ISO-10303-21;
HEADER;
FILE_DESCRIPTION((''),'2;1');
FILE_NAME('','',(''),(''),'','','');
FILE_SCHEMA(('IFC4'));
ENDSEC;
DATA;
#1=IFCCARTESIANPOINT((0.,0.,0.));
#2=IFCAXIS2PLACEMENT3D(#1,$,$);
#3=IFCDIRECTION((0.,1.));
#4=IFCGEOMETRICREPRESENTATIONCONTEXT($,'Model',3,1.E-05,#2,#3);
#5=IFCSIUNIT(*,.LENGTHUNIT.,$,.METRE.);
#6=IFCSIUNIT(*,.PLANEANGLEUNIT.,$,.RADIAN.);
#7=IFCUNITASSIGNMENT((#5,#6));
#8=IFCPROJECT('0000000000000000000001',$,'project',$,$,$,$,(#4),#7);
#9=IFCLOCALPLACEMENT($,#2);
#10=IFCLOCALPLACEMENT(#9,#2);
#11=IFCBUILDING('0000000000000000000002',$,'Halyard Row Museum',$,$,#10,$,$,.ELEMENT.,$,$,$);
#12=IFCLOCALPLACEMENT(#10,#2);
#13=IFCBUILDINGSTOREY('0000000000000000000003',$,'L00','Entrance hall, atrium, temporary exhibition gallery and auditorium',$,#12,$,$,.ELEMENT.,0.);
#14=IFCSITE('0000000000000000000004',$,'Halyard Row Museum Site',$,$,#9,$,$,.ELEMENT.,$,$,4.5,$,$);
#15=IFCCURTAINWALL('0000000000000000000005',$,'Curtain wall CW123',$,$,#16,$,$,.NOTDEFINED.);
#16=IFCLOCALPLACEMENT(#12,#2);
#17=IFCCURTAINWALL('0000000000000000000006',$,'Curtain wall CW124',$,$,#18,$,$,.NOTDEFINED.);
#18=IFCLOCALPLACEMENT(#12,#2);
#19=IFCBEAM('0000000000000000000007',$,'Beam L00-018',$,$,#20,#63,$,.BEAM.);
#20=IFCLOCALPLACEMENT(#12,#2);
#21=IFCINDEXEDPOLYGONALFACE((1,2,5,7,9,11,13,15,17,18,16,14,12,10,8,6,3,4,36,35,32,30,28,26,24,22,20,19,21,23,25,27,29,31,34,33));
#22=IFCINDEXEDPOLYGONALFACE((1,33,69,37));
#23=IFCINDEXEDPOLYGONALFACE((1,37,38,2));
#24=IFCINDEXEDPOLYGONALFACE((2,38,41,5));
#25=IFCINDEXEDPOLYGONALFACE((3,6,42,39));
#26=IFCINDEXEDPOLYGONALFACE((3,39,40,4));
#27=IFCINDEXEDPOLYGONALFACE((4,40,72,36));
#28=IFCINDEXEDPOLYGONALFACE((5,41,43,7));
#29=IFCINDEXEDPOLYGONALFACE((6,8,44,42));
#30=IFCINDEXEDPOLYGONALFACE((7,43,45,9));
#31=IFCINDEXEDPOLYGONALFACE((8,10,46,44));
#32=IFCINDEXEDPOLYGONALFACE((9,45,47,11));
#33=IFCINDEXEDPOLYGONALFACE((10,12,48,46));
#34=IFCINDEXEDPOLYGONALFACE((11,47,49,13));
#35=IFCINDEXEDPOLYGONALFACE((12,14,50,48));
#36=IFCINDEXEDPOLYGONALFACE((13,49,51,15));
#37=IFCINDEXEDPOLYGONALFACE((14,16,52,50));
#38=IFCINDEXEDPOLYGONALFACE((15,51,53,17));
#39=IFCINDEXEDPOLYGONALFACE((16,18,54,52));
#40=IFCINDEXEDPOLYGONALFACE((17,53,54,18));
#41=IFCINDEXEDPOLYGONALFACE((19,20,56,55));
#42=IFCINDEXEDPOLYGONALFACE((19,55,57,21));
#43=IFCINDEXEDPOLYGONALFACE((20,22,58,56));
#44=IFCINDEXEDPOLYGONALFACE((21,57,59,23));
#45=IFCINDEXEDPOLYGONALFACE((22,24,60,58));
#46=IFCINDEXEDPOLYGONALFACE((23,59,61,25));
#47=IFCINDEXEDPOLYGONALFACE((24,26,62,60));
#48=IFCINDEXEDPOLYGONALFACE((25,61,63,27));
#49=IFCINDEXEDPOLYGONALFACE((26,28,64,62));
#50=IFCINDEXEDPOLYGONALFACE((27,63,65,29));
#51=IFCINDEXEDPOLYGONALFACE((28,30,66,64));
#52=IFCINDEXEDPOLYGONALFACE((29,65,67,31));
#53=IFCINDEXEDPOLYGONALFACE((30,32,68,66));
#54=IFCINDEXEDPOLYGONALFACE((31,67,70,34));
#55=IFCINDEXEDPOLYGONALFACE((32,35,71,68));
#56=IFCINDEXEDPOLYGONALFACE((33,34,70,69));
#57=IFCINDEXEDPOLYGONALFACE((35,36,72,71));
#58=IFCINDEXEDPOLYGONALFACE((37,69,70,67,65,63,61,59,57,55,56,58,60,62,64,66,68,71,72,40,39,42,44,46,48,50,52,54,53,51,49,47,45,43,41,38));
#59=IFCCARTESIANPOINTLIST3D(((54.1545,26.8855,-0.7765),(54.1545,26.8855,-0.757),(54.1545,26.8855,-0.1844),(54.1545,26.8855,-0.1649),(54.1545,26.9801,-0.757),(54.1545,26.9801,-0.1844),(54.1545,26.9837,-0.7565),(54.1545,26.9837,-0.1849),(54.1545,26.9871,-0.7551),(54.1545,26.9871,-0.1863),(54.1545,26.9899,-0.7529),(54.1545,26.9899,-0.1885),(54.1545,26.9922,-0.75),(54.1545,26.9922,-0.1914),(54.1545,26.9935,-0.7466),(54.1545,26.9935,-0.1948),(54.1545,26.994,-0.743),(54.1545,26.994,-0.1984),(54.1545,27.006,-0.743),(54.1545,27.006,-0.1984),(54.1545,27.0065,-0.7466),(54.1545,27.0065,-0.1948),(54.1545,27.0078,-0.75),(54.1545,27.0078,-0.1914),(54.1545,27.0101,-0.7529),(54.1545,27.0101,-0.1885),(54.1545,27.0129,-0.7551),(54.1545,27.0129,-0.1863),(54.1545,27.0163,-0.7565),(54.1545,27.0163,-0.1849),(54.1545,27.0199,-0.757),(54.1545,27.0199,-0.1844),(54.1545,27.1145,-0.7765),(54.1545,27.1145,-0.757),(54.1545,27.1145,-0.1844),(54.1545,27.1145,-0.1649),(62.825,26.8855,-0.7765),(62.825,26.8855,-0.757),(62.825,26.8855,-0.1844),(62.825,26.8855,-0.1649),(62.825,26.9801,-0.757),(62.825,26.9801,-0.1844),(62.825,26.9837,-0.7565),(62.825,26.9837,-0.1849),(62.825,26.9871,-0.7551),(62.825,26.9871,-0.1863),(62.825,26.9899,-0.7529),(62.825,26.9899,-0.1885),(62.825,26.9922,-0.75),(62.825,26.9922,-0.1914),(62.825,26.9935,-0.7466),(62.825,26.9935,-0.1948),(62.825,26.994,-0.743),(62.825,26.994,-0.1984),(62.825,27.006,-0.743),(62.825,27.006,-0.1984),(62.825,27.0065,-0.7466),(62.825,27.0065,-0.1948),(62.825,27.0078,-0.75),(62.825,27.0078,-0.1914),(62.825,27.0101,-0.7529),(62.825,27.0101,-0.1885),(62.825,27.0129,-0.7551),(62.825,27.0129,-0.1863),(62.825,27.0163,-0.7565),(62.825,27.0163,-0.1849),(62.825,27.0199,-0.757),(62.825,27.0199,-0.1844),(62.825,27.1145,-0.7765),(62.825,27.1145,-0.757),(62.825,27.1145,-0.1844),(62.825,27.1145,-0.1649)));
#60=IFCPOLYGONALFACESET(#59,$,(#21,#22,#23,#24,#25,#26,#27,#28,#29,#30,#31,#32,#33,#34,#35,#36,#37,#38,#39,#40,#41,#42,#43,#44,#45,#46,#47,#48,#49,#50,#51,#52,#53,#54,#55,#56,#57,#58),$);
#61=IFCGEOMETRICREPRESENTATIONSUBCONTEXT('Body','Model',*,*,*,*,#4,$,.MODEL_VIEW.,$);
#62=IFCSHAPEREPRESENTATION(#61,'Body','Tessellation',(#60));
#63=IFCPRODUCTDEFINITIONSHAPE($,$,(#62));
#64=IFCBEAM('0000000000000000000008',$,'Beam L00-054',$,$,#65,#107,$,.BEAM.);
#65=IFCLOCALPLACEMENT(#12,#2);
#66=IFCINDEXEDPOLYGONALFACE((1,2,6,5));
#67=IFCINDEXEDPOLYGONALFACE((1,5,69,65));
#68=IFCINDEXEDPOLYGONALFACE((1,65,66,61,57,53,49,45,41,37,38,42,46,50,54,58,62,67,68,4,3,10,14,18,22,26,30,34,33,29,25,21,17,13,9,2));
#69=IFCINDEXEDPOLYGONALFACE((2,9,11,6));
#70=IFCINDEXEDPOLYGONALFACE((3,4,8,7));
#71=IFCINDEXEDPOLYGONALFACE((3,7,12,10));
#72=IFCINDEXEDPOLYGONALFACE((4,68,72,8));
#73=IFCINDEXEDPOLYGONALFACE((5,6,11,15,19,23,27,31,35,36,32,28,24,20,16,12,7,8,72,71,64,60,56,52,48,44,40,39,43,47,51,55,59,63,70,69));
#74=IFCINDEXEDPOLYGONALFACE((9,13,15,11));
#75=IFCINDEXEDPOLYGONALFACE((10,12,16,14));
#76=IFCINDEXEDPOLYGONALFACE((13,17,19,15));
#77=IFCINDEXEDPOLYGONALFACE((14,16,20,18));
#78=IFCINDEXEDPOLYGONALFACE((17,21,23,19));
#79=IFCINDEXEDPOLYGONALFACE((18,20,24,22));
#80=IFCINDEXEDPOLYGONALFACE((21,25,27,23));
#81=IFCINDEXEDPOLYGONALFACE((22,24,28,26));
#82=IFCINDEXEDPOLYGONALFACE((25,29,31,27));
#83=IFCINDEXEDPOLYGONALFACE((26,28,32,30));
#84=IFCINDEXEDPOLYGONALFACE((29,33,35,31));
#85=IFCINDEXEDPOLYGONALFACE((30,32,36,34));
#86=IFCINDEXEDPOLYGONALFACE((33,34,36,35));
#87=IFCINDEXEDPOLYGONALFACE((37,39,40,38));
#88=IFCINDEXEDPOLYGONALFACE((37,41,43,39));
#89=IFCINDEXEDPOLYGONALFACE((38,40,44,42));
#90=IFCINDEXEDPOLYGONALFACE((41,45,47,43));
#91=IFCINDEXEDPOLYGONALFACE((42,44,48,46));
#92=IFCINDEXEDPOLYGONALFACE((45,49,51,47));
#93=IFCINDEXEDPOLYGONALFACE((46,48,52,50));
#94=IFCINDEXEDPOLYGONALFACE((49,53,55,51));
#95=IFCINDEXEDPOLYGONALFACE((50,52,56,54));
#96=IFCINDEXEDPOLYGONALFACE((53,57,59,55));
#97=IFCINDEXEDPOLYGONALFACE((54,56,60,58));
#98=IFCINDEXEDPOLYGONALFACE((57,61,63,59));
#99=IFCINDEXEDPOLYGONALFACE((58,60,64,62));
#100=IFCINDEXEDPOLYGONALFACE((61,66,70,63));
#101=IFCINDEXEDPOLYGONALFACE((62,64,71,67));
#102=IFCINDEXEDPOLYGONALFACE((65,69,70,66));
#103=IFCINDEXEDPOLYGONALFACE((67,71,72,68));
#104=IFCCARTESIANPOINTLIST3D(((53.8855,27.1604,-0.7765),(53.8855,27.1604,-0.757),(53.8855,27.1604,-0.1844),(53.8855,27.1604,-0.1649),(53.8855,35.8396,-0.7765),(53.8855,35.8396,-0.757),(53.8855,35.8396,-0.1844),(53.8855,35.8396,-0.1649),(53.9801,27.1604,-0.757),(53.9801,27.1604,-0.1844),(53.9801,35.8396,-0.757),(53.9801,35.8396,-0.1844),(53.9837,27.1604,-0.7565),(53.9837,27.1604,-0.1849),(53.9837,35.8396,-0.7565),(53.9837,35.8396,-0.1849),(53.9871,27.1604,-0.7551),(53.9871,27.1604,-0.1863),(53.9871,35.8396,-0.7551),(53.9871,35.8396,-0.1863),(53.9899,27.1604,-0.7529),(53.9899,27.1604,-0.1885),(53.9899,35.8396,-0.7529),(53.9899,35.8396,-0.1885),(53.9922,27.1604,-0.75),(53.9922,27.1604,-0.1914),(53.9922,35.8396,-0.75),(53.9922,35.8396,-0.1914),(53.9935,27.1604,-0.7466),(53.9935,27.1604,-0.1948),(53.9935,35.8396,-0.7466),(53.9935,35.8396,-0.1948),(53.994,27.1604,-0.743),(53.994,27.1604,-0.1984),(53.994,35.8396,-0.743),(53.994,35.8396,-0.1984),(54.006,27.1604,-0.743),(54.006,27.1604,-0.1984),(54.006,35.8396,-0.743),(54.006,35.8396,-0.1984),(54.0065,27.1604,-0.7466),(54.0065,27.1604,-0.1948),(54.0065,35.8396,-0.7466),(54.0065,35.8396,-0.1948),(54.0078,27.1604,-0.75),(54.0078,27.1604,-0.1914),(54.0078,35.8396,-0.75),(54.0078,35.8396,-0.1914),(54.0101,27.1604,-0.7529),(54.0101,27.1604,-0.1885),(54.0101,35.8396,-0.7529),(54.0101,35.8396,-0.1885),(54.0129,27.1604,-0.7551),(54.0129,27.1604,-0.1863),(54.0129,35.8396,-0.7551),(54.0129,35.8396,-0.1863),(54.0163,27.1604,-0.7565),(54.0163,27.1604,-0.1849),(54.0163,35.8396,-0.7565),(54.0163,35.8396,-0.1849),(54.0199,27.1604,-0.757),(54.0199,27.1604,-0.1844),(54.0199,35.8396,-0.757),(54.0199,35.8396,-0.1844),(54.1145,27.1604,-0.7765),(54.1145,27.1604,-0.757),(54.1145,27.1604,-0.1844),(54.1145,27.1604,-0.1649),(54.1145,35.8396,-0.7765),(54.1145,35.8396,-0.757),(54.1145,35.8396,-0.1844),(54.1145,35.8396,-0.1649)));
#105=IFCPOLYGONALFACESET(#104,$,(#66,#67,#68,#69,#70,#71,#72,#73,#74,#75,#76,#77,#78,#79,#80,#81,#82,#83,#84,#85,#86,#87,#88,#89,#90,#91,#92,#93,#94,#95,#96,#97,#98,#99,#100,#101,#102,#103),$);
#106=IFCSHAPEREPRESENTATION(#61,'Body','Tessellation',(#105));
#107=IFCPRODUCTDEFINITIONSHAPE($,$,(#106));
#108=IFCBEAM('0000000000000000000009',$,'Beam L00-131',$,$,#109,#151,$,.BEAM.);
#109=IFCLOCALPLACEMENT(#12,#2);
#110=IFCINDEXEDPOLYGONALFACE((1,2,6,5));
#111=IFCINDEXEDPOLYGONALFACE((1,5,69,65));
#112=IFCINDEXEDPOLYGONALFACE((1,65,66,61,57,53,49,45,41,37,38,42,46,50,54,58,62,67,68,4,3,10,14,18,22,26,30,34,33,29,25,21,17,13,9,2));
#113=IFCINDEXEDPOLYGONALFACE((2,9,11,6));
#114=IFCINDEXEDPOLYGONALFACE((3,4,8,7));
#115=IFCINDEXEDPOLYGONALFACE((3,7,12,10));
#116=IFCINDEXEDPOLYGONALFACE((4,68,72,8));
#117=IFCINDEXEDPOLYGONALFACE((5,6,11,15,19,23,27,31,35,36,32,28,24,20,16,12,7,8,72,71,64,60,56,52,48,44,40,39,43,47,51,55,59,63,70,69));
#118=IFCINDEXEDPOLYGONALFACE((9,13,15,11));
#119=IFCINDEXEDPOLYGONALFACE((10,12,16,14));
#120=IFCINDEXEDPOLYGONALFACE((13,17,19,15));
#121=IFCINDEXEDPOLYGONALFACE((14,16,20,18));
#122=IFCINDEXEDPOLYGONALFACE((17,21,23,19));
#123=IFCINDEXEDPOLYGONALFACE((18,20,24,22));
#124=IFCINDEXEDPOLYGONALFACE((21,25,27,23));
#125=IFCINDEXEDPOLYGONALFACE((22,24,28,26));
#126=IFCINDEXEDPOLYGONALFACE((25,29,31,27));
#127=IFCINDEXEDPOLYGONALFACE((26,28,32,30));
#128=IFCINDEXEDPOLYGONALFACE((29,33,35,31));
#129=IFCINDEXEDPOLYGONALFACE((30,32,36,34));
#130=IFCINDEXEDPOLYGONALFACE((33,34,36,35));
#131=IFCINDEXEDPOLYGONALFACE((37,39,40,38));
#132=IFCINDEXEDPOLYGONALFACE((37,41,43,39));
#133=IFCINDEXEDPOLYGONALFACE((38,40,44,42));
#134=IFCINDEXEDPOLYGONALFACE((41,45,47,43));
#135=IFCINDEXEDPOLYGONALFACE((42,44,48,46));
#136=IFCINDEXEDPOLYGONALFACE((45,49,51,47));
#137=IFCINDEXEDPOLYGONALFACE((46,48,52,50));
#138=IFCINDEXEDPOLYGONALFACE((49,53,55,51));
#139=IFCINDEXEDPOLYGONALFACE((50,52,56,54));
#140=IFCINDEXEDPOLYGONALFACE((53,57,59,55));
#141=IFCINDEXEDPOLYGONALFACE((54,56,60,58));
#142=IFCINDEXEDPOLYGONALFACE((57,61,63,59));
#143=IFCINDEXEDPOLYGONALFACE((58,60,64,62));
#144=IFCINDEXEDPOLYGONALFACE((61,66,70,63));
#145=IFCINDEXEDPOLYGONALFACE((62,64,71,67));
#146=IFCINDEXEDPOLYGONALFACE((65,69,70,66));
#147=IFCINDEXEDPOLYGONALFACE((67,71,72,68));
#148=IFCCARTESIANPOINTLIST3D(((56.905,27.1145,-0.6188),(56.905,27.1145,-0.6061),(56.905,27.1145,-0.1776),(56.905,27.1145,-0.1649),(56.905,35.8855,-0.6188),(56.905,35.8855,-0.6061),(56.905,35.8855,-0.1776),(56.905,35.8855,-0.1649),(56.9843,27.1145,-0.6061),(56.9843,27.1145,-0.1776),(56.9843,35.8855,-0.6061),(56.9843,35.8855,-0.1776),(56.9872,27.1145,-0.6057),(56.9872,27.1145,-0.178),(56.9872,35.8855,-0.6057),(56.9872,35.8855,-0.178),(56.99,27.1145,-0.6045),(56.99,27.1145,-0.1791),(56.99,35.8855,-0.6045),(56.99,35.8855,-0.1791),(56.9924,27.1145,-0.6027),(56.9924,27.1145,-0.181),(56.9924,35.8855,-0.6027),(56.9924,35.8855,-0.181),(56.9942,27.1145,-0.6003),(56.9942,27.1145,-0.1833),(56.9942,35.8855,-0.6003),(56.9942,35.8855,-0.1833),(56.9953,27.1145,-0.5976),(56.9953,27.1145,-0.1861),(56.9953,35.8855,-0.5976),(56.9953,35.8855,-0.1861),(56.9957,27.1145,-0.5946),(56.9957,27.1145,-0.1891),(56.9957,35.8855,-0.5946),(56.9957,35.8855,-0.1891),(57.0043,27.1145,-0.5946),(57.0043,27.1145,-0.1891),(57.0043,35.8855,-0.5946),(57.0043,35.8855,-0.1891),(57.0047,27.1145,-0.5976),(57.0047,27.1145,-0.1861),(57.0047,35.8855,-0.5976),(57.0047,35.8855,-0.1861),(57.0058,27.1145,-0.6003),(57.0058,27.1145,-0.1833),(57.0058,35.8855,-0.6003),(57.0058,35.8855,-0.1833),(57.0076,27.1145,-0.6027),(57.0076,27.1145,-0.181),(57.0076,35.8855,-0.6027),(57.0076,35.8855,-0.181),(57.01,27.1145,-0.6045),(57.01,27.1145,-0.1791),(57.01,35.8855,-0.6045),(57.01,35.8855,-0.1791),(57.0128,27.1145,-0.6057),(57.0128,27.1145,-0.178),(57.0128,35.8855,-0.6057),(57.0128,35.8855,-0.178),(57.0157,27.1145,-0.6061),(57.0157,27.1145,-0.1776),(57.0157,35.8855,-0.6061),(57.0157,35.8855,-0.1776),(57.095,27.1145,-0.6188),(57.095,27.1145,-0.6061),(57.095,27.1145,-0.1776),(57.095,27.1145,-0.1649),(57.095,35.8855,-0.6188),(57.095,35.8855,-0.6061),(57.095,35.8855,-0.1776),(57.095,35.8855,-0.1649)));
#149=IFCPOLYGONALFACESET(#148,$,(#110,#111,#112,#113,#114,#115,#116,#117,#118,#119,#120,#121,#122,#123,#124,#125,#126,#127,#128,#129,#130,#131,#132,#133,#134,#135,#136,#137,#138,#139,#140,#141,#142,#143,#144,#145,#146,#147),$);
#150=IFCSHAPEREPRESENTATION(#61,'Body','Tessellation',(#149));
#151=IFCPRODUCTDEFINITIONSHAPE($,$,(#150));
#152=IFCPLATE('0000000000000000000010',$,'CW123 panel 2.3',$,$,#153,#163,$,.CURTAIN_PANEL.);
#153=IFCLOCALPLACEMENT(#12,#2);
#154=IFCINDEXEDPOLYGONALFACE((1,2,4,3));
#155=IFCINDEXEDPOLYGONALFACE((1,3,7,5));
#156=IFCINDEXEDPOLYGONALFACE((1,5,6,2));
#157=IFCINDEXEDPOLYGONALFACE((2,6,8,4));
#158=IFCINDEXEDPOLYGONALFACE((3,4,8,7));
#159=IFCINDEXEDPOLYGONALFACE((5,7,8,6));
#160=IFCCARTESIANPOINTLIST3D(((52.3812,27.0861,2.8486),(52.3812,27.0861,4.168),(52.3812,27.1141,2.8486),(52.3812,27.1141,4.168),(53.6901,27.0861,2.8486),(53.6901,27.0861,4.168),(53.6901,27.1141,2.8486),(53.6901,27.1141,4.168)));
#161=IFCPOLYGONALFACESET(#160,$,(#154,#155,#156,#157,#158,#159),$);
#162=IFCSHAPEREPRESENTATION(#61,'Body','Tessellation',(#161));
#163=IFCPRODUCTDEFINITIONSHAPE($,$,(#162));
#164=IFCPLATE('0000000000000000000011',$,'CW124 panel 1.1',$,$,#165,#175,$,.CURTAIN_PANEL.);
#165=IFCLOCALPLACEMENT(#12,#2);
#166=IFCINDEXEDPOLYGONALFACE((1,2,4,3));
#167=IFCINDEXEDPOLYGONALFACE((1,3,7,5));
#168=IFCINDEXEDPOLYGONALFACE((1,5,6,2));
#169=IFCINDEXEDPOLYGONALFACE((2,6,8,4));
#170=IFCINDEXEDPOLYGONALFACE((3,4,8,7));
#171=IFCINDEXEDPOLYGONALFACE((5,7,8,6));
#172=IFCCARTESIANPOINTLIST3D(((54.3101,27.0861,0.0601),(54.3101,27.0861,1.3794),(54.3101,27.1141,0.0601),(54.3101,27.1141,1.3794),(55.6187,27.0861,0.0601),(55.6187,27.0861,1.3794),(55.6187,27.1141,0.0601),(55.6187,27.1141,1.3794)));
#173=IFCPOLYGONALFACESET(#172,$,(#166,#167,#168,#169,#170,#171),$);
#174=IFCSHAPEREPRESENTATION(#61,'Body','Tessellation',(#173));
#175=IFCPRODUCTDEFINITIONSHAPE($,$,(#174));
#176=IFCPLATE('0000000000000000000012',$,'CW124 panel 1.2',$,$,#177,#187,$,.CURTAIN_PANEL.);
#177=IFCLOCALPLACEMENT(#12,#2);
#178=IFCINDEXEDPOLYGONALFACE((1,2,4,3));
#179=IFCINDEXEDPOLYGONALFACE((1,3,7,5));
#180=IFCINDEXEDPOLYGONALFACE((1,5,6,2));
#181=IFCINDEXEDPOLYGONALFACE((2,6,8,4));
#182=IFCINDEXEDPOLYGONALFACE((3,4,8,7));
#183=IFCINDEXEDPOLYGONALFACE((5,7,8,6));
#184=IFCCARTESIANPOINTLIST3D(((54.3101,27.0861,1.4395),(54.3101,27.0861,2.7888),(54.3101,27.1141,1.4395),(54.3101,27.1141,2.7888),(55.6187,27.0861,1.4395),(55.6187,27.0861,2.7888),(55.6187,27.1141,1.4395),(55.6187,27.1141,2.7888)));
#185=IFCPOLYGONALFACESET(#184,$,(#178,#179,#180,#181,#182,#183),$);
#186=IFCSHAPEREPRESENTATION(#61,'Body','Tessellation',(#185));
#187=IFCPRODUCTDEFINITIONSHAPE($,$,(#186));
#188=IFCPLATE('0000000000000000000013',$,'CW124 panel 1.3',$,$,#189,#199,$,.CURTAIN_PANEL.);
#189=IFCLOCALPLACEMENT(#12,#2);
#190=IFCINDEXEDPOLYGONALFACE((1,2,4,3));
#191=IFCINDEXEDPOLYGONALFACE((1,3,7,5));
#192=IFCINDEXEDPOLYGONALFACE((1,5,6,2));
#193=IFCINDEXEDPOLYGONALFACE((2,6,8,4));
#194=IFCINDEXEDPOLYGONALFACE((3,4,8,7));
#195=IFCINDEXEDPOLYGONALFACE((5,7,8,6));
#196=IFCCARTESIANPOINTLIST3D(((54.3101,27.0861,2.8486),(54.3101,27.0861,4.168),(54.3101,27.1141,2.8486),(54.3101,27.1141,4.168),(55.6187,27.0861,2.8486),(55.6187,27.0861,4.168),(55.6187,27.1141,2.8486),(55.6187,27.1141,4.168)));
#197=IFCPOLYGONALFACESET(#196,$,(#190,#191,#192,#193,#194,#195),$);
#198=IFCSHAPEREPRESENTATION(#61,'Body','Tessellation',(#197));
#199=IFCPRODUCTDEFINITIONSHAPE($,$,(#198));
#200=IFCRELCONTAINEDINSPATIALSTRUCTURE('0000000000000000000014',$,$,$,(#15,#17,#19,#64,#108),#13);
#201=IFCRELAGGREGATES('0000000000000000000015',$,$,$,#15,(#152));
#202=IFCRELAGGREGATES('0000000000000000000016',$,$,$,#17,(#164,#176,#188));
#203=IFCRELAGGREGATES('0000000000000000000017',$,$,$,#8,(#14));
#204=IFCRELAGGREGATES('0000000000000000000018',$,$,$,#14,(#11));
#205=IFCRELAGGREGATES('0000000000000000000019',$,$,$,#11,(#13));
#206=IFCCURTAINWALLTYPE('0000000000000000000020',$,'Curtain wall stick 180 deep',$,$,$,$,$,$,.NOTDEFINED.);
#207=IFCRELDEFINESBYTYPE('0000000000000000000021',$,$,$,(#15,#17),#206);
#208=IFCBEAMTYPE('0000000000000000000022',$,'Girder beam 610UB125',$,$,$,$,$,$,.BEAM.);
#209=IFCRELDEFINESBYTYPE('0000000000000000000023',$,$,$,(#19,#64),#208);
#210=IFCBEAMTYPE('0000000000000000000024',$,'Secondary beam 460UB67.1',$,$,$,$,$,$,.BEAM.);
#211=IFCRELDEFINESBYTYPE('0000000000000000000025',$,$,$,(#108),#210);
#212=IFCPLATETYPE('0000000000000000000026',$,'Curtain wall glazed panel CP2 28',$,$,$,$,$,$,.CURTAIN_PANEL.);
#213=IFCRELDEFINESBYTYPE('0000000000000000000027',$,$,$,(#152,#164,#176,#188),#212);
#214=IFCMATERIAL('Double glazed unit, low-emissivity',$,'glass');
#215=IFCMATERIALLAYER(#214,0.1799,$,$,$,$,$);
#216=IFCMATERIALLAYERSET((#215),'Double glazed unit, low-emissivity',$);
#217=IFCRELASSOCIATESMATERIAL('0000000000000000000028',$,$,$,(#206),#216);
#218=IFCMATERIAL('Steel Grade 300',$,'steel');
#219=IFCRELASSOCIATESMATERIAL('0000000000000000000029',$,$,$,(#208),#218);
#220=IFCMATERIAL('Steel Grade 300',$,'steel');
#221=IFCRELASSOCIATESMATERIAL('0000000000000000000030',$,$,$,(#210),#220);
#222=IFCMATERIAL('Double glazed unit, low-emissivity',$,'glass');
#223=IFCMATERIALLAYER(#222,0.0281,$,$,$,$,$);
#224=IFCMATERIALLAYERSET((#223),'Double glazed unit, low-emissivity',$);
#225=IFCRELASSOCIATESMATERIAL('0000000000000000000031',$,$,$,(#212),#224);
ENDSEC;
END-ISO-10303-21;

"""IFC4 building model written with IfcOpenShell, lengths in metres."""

from ifc_helpers import new_model, si_unit, direction, frame, origin, origin_2d, place, context, subcontext, project, spatial, rectangle, i_section, extrude, material, layer, layer_set, material_profile, profile_set, type_object, element, aggregate, save


model = new_model("IFC4")

# Units and contexts
model_context = context("Model", 3, precision=1e-05, world=origin(), true_north=direction((0.0, 1.0)))
body_context = subcontext(model_context, "Body", "Model", "MODEL_VIEW")
ifc_project = project(units=[si_unit("LENGTHUNIT", "METRE"), si_unit("PLANEANGLEUNIT", "RADIAN")], contexts=[model_context])

# Site, building, storey
site_placement = place(None, origin())
site = spatial("IfcSite", under=ifc_project, at=site_placement, Name="Halyard Row Museum Site", CompositionType="ELEMENT", RefElevation=4.5)
building_placement = place(site_placement, origin())
building = spatial("IfcBuilding", under=site, at=building_placement, Name="Halyard Row Museum", CompositionType="ELEMENT")
storey_placement = place(building_placement, origin())
storey = spatial("IfcBuildingStorey", under=building, at=storey_placement, Name="L00", Description="Entrance hall, atrium, temporary exhibition gallery and auditorium", CompositionType="ELEMENT", Elevation=0.0)

# Curtain wall
ifc_material_1 = material(Name="Double glazed unit, low-emissivity", Category="glass")
ifc_layer_1 = layer(ifc_material_1, 0.1799)
ifc_layer_set_1 = layer_set([ifc_layer_1], Name="Double glazed unit, low-emissivity")
curtain_wall_type = type_object("IfcCurtainWallType", Name="Curtain wall stick 180 deep", PredefinedType="NOTDEFINED", material=ifc_layer_set_1)
curtain_wall_1_placement = place(storey_placement, origin())
curtain_wall_1 = element("IfcCurtainWall", 1, at=curtain_wall_1_placement, inside=storey, type_object=curtain_wall_type, Name="Curtain wall CW123", PredefinedType="NOTDEFINED")

# Curtain wall
curtain_wall_2_placement = place(storey_placement, origin())
curtain_wall_2 = element("IfcCurtainWall", 2, at=curtain_wall_2_placement, inside=storey, type_object=curtain_wall_type, Name="Curtain wall CW124", PredefinedType="NOTDEFINED")

# Beams
ifc_material_2 = material(Name="Steel Grade 300", Category="steel")
ifc_material_profile_1 = material_profile(ifc_material_2, i_section(OverallWidth=0.229, OverallDepth=0.6116, WebThickness=0.012, FlangeThickness=0.0195, FilletRadius=0.0139, at=origin_2d()), Name="610UB125")
ifc_profile_set_1 = profile_set([ifc_material_profile_1], Name="Steel Grade 300")
beam_type_1 = type_object("IfcBeamType", Name="Girder beam 610UB125", PredefinedType="BEAM", material=ifc_profile_set_1)
beam_1_placement = place(storey_placement, frame((54.1545, 27.0, -0.4707), z_axis=(1.0, 0.0, 0.0), x_axis=(0.0, 1.0, 0.0)))
element("IfcBeam", 3, at=beam_1_placement, inside=storey, type_object=beam_type_1, Name="Beam L00-018", PredefinedType="BEAM", context=body_context, shape_type="SweptSolid", body=[
    extrude(i_section(OverallWidth=0.229, OverallDepth=0.6116, WebThickness=0.012, FlangeThickness=0.0195, FilletRadius=0.0139, at=origin_2d()), origin(), (0.0, 0.0, 1.0), 8.6704),
])
beam_2_placement = place(storey_placement, frame((54.0, 27.1604, -0.4707), z_axis=(0.0, 1.0, 0.0), x_axis=(-1.0, 0.0, 0.0)))
element("IfcBeam", 4, at=beam_2_placement, inside=storey, type_object=beam_type_1, Name="Beam L00-054", PredefinedType="BEAM", context=body_context, shape_type="SweptSolid", body=[
    extrude(i_section(OverallWidth=0.229, OverallDepth=0.6116, WebThickness=0.012, FlangeThickness=0.0195, FilletRadius=0.0139, at=origin_2d()), origin(), (0.0, 0.0, 1.0), 8.6792),
])
ifc_material_3 = material(Name="Steel Grade 300", Category="steel")
ifc_material_profile_2 = material_profile(ifc_material_3, i_section(OverallWidth=0.1899, OverallDepth=0.4539, WebThickness=0.0085, FlangeThickness=0.0127, FilletRadius=0.0115, at=origin_2d()), Name="460UB67.1")
ifc_profile_set_2 = profile_set([ifc_material_profile_2], Name="Steel Grade 300")
beam_type_2 = type_object("IfcBeamType", Name="Secondary beam 460UB67.1", PredefinedType="BEAM", material=ifc_profile_set_2)
beam_3_placement = place(storey_placement, frame((57.0, 27.1145, -0.3918), z_axis=(0.0, 1.0, 0.0), x_axis=(-1.0, 0.0, 0.0)))
element("IfcBeam", 5, at=beam_3_placement, inside=storey, type_object=beam_type_2, Name="Beam L00-131", PredefinedType="BEAM", context=body_context, shape_type="SweptSolid", body=[
    extrude(i_section(OverallWidth=0.1899, OverallDepth=0.4539, WebThickness=0.0085, FlangeThickness=0.0127, FilletRadius=0.0115, at=origin_2d()), origin(), (0.0, 0.0, 1.0), 8.771),
])

# Plates
ifc_material_4 = material(Name="Double glazed unit, low-emissivity", Category="glass")
ifc_layer_2 = layer(ifc_material_4, 0.0281)
ifc_layer_set_2 = layer_set([ifc_layer_2], Name="Double glazed unit, low-emissivity")
plate_type = type_object("IfcPlateType", Name="Curtain wall glazed panel CP2 28", PredefinedType="CURTAIN_PANEL", material=ifc_layer_set_2)
plate_1_placement = place(storey_placement, frame((53.0356, 27.1001, 2.8486), z_axis=(0.0, 0.0, 1.0), x_axis=(1.0, 0.0, 0.0)))
plate_1 = element("IfcPlate", 6, at=plate_1_placement, type_object=plate_type, Name="CW123 panel 2.3", PredefinedType="CURTAIN_PANEL", context=body_context, shape_type="SweptSolid", body=[
    extrude(rectangle(XDim=1.3088, YDim=0.0281, at=origin_2d()), origin(), (0.0, 0.0, 1.0), 1.3193),
])
aggregate(curtain_wall_1, [plate_1])
plate_2_placement = place(storey_placement, frame((54.9644, 27.1001, 0.0601), z_axis=(0.0, 0.0, 1.0), x_axis=(1.0, 0.0, 0.0)))
plate_2 = element("IfcPlate", 7, at=plate_2_placement, type_object=plate_type, Name="CW124 panel 1.1", PredefinedType="CURTAIN_PANEL", context=body_context, shape_type="SweptSolid", body=[
    extrude(rectangle(XDim=1.3086, YDim=0.0281, at=origin_2d()), origin(), (0.0, 0.0, 1.0), 1.3193),
])
plate_3_placement = place(storey_placement, frame((54.9644, 27.1001, 1.4395), z_axis=(0.0, 0.0, 1.0), x_axis=(1.0, 0.0, 0.0)))
plate_3 = element("IfcPlate", 8, at=plate_3_placement, type_object=plate_type, Name="CW124 panel 1.2", PredefinedType="CURTAIN_PANEL", context=body_context, shape_type="SweptSolid", body=[
    extrude(rectangle(XDim=1.3086, YDim=0.0281, at=origin_2d()), origin(), (0.0, 0.0, 1.0), 1.3494),
])
plate_4_placement = place(storey_placement, frame((54.9644, 27.1001, 2.8486), z_axis=(0.0, 0.0, 1.0), x_axis=(1.0, 0.0, 0.0)))
plate_4 = element("IfcPlate", 9, at=plate_4_placement, type_object=plate_type, Name="CW124 panel 1.3", PredefinedType="CURTAIN_PANEL", context=body_context, shape_type="SweptSolid", body=[
    extrude(rectangle(XDim=1.3086, YDim=0.0281, at=origin_2d()), origin(), (0.0, 0.0, 1.0), 1.3193),
])
aggregate(curtain_wall_2, [plate_2, plate_3, plate_4])

save(model, "model.ifc")
